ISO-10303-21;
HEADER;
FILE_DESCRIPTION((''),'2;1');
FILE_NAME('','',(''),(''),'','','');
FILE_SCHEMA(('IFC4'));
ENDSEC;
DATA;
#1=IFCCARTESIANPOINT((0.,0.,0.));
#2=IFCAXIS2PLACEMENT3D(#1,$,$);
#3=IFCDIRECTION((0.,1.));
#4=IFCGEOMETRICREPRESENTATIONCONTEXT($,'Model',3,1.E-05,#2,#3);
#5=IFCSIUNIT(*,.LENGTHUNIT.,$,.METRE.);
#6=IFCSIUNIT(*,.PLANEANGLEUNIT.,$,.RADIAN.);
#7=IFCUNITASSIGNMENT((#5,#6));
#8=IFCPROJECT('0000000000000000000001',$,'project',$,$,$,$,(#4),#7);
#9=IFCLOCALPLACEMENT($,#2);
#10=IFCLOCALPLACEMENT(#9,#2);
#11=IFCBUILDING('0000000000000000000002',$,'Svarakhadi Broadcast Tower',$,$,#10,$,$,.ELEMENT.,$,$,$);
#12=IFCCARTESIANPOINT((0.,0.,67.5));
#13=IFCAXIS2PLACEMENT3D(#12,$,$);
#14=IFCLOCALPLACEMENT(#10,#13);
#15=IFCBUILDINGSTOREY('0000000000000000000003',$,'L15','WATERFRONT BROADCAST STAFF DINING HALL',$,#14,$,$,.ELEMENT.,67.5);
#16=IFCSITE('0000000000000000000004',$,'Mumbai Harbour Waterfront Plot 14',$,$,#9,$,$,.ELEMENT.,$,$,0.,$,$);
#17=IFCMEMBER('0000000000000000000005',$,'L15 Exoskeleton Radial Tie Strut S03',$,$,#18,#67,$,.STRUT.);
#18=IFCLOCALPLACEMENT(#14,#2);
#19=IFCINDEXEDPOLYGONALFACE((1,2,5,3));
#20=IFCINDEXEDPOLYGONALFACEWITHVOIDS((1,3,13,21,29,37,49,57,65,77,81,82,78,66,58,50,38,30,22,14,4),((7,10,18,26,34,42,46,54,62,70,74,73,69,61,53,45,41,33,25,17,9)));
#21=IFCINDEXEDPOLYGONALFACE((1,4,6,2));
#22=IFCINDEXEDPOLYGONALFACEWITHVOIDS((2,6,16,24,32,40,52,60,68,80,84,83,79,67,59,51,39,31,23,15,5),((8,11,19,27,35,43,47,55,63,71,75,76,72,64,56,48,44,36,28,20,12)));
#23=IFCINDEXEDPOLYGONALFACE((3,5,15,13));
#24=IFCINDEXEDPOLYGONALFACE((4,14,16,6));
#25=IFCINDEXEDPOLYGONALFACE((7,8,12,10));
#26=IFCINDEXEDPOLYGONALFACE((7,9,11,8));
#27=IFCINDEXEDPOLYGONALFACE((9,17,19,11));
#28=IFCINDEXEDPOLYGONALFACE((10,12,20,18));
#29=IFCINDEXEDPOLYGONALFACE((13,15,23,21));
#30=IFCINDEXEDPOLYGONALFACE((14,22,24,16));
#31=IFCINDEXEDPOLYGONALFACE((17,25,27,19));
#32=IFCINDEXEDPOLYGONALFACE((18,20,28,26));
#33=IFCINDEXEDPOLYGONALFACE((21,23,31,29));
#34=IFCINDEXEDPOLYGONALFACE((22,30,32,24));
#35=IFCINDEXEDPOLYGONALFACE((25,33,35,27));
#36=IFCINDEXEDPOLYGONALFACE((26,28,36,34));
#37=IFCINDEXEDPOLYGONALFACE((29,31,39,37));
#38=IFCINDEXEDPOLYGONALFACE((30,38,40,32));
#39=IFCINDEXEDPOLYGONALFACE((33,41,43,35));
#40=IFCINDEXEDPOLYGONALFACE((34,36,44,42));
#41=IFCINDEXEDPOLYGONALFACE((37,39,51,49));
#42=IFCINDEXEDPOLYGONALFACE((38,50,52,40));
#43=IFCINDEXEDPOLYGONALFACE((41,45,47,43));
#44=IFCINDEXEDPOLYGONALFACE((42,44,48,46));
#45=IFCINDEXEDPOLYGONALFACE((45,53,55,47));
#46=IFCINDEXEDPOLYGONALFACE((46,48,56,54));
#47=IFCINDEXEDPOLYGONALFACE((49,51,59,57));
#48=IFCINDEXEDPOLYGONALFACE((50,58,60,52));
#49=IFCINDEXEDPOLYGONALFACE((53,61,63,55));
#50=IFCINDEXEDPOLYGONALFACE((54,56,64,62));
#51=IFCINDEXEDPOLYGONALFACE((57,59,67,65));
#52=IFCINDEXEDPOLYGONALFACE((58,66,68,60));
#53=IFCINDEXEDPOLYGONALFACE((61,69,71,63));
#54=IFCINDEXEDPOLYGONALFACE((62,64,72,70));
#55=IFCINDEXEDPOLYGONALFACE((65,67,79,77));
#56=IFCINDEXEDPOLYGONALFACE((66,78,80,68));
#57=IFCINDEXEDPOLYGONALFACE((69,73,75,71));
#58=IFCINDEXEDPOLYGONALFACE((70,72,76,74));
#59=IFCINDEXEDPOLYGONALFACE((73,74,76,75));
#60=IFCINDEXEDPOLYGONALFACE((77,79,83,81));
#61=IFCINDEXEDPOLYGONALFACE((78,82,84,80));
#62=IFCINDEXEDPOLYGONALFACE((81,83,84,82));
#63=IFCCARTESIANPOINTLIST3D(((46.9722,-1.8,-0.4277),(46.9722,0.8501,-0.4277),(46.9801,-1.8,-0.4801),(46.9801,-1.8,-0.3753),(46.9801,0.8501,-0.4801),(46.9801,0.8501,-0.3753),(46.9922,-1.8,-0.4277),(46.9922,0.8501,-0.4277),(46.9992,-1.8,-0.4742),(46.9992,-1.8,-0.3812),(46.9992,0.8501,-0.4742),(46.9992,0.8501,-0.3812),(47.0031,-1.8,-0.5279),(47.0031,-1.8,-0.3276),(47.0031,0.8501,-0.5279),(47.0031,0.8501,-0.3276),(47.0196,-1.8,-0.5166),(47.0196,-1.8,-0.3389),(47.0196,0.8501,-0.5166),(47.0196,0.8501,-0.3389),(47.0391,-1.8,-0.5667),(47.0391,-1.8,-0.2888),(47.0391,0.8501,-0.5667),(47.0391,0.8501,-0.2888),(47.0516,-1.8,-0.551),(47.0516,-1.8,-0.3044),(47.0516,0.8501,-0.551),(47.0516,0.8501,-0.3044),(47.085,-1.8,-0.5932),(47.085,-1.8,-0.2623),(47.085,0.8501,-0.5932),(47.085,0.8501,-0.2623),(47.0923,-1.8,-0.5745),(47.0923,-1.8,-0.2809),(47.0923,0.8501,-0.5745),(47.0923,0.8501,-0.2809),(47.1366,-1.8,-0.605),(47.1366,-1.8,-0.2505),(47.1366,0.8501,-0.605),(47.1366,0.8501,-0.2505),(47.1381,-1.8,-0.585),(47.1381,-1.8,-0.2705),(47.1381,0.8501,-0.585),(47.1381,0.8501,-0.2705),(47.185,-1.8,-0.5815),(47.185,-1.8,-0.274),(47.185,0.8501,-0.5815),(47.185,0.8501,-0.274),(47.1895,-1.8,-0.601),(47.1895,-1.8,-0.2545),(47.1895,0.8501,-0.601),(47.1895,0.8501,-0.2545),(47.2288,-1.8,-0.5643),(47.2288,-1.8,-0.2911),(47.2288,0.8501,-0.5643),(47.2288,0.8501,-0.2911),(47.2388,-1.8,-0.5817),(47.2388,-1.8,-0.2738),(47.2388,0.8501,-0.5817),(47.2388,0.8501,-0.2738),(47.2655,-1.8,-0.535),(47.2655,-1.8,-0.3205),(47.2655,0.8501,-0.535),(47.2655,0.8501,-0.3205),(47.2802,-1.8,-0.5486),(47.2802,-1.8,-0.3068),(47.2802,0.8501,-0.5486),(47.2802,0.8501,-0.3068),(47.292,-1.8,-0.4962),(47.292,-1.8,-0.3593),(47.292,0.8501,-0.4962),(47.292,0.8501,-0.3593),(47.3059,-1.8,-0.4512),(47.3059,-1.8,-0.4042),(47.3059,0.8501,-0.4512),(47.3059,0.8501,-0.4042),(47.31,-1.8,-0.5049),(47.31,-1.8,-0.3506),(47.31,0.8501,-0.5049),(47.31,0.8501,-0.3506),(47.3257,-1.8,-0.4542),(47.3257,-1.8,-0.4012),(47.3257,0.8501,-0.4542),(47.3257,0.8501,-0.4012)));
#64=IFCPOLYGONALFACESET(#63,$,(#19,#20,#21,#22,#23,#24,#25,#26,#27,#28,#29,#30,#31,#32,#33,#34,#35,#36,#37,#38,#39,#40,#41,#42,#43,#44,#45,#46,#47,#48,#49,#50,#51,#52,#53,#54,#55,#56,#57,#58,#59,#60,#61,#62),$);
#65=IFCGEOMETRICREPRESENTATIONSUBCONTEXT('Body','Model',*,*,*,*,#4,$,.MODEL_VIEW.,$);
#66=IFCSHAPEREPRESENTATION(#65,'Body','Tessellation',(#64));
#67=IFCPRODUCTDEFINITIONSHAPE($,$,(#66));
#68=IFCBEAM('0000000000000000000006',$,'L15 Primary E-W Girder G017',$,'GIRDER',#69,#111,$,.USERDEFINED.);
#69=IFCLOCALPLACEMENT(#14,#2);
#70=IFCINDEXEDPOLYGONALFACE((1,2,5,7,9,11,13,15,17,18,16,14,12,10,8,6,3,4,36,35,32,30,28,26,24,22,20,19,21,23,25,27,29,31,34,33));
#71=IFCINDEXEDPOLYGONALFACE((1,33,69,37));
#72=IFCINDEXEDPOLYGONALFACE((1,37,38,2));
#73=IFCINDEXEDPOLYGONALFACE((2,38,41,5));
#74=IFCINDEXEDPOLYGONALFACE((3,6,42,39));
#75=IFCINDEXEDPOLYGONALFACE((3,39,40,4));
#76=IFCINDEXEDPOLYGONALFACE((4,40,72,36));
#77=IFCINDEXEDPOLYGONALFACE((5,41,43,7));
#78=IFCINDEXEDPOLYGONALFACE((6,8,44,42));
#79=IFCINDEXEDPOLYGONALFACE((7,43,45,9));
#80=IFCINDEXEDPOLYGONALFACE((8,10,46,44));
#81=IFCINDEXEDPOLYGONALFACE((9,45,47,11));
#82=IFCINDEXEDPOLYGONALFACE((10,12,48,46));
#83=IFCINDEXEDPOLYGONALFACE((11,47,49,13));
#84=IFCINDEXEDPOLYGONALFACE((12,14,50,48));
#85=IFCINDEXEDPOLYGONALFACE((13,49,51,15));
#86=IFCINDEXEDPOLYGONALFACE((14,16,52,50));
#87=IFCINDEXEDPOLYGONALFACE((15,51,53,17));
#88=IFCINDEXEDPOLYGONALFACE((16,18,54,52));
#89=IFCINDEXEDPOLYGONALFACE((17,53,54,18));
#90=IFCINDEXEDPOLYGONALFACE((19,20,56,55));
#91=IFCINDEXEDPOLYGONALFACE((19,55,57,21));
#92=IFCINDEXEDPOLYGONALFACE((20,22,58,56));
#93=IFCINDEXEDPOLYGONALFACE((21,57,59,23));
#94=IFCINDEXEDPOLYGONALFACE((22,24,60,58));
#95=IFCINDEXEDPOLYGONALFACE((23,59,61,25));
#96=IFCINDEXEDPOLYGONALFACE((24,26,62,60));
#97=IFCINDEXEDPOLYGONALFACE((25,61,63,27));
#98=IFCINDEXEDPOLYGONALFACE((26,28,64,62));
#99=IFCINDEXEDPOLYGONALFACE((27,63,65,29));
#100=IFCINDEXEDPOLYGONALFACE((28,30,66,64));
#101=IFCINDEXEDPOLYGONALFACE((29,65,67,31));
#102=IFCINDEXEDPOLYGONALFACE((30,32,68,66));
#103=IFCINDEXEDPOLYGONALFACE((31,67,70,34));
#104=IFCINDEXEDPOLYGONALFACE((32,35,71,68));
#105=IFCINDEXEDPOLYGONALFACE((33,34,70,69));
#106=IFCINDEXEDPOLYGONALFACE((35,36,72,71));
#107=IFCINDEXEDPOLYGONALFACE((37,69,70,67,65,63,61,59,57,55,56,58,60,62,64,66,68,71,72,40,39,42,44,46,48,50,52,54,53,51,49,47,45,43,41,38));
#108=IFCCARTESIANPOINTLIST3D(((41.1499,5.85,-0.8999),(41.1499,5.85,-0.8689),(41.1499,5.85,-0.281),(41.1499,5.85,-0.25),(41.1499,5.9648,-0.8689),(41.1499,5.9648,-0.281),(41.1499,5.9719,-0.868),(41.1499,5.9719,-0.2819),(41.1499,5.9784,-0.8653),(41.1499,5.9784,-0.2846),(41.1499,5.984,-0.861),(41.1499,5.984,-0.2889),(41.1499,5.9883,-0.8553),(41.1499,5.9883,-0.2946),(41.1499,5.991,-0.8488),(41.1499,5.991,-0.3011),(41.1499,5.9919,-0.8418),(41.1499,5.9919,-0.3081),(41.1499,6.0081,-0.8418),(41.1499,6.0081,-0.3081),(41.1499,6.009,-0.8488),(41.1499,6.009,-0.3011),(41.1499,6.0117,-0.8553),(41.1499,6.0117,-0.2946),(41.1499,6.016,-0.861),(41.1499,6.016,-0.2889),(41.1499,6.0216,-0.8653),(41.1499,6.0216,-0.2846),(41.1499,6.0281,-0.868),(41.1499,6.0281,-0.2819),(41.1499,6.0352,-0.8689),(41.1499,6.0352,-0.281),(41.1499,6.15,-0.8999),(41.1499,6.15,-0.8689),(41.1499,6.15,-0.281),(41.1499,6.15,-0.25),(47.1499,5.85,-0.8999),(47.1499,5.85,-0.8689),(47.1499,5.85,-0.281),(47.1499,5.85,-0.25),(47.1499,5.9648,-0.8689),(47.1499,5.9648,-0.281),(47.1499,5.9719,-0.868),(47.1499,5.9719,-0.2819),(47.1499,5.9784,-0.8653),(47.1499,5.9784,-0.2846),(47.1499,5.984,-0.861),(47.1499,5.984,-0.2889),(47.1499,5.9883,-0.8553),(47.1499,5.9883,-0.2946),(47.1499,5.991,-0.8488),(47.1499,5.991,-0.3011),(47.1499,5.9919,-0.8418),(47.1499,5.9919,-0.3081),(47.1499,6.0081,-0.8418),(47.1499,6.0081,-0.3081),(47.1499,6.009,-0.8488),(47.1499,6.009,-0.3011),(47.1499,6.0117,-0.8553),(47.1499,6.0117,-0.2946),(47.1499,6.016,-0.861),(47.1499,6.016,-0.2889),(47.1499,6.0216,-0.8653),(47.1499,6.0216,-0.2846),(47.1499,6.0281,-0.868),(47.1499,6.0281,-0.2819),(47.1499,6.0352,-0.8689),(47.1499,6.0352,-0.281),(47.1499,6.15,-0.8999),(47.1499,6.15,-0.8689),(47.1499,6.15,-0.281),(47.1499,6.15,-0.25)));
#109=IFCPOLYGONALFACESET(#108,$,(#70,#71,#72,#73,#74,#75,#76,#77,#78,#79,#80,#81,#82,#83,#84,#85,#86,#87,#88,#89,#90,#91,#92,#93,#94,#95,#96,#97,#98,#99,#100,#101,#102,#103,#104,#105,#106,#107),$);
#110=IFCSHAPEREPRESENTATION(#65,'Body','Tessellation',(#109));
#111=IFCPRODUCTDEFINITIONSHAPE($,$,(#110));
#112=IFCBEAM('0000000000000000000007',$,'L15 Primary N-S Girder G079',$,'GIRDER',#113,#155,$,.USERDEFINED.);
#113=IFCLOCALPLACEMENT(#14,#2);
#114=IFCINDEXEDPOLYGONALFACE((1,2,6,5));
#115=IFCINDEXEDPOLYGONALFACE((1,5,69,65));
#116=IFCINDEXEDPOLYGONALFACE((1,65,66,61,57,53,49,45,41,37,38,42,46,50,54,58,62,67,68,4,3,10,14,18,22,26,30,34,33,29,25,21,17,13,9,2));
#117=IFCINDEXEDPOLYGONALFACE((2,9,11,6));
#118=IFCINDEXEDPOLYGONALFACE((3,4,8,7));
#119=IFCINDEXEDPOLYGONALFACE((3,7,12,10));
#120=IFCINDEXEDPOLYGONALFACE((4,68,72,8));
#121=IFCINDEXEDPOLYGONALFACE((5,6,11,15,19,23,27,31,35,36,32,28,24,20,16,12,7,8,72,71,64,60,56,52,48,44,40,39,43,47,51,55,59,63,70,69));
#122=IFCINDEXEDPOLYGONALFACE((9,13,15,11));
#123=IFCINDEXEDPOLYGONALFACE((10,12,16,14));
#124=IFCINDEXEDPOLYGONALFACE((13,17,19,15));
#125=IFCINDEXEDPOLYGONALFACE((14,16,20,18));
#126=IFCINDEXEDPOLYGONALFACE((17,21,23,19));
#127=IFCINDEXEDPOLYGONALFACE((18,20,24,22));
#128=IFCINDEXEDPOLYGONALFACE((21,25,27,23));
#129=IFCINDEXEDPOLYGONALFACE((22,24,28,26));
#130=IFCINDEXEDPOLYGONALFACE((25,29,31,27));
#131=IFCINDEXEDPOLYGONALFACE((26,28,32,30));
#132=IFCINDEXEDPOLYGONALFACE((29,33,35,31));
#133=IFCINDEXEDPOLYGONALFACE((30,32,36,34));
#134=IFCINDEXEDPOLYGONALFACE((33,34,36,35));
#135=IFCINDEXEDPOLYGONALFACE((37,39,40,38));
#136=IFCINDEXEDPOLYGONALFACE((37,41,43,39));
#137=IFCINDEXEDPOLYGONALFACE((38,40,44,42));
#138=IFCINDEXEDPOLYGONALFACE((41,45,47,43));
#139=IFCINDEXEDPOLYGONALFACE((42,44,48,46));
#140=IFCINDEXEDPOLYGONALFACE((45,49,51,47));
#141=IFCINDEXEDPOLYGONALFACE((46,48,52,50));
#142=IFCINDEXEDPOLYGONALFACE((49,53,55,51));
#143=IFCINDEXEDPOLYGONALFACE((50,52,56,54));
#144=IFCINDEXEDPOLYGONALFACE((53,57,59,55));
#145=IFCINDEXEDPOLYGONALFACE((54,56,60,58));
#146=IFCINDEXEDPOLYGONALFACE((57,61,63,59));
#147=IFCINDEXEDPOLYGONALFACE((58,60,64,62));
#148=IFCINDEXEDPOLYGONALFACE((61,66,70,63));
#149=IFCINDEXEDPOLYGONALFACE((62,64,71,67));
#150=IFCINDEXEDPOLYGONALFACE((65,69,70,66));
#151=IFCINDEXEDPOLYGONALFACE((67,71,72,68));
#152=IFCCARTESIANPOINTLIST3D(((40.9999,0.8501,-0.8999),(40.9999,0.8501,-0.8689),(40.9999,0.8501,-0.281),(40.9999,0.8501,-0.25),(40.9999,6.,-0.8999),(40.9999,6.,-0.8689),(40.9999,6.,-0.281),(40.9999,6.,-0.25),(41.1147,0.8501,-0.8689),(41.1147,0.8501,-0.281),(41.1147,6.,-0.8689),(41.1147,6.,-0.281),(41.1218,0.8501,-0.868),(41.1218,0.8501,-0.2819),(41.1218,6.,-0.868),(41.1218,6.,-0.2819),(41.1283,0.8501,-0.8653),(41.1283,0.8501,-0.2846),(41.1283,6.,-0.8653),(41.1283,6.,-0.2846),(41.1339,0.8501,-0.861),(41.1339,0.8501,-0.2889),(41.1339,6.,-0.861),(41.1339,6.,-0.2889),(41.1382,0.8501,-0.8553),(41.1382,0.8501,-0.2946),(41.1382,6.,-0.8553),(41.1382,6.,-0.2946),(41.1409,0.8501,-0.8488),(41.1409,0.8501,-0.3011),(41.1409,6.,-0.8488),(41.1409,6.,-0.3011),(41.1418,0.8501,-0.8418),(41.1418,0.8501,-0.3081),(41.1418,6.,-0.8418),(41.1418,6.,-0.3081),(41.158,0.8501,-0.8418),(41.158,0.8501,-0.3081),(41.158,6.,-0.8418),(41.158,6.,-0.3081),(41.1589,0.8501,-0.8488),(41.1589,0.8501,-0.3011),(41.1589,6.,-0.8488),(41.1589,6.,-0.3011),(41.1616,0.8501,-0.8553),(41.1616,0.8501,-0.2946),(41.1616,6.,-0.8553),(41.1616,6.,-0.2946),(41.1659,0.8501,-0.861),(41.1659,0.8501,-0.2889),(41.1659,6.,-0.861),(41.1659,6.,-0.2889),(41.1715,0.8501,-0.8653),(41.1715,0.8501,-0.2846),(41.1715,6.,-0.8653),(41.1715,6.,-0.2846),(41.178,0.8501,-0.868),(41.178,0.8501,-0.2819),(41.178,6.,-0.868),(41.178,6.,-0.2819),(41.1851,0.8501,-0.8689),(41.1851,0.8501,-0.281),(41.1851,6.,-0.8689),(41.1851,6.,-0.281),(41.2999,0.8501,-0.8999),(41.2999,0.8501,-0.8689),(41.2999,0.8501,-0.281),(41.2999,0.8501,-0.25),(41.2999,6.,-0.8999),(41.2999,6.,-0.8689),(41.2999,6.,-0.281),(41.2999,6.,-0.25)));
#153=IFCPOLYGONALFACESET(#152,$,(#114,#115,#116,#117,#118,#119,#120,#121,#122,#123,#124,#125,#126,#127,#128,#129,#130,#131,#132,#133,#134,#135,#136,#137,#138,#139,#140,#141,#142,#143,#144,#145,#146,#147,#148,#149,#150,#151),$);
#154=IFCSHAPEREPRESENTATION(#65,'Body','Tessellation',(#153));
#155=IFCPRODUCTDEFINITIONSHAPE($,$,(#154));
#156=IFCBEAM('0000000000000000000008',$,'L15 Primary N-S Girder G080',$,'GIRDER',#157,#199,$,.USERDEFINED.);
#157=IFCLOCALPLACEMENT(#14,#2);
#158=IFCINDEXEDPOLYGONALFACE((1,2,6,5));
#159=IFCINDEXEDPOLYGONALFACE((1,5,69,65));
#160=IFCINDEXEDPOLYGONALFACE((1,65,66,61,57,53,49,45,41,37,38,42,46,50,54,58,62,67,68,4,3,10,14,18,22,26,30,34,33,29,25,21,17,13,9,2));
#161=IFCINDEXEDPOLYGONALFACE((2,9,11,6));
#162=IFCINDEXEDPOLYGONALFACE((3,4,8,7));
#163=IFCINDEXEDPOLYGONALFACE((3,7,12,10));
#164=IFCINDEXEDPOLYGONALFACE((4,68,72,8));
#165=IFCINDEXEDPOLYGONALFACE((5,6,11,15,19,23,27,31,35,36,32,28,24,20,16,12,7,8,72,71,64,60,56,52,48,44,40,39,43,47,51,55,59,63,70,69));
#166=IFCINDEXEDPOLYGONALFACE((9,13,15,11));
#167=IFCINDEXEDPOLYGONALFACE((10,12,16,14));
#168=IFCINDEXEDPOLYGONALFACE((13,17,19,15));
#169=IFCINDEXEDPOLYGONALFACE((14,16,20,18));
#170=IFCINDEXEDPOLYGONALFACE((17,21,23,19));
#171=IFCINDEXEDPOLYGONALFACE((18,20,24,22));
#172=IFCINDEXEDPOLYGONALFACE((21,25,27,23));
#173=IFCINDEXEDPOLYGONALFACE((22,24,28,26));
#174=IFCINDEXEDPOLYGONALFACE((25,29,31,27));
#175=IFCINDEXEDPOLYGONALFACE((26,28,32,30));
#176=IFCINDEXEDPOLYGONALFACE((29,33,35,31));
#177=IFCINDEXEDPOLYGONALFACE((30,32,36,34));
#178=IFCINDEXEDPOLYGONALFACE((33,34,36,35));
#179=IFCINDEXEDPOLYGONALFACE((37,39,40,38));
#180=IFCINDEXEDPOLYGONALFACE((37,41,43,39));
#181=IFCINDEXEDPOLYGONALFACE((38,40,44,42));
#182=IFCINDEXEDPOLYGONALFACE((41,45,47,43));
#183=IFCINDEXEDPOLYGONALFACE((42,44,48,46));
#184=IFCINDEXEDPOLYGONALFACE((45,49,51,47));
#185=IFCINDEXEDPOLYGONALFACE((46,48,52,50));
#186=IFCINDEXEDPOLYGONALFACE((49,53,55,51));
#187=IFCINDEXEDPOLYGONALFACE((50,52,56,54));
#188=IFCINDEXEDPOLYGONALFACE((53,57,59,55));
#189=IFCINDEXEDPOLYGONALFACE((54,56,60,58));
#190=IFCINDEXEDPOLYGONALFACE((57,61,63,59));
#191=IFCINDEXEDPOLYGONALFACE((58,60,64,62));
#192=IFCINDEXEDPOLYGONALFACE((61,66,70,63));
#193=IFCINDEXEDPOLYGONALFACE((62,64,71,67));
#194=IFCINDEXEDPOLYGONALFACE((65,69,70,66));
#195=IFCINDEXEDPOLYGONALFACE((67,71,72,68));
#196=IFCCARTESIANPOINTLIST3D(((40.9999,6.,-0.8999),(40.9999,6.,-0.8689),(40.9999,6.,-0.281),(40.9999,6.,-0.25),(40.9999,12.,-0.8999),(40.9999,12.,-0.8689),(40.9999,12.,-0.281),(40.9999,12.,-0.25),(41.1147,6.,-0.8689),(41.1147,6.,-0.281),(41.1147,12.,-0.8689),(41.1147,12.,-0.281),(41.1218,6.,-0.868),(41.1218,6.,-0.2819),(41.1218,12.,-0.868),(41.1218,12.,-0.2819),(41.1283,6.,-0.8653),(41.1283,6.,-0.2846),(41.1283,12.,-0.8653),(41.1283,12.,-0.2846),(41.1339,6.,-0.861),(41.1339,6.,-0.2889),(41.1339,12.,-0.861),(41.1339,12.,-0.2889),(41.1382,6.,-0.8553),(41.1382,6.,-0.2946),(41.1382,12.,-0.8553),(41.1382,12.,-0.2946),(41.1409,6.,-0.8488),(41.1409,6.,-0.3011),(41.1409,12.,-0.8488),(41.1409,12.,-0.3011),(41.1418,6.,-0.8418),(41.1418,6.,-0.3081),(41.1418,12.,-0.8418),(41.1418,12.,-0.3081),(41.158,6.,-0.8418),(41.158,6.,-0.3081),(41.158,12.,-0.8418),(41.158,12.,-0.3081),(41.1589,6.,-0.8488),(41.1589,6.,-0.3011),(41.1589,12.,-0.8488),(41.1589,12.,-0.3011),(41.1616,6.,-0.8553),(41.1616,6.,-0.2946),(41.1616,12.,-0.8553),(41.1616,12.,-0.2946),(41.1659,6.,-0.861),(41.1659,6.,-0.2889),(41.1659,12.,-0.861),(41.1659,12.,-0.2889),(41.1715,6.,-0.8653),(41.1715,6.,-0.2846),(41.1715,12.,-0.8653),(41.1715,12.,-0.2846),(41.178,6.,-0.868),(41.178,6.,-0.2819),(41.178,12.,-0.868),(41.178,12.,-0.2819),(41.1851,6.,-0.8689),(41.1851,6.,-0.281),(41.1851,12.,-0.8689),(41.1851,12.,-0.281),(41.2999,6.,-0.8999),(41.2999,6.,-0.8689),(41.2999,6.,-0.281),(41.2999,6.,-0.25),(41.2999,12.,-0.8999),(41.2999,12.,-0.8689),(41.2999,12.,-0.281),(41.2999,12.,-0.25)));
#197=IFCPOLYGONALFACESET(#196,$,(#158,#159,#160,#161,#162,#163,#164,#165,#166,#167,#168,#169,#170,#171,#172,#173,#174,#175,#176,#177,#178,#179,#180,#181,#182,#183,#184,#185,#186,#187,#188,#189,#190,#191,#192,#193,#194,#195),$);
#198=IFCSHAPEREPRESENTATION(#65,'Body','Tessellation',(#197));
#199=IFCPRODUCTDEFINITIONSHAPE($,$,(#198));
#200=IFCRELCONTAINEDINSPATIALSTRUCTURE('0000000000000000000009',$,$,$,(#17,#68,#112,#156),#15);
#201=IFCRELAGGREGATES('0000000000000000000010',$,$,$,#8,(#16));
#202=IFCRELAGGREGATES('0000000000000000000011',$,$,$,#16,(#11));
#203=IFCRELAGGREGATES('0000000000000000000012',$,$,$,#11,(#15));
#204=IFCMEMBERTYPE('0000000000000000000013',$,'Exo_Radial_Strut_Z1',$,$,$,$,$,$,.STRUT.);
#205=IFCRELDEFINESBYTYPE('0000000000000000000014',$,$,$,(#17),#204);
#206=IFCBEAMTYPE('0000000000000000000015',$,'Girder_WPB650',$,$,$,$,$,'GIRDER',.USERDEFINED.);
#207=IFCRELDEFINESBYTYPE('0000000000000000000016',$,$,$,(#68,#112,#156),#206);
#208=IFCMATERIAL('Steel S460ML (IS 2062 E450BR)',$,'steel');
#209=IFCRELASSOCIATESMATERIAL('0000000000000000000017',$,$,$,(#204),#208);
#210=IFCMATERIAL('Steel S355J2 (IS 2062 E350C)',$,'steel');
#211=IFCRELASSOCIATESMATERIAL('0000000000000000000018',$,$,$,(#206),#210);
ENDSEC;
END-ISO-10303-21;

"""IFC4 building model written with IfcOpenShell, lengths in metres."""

from ifc_helpers import new_model, si_unit, direction, frame, origin, origin_2d, place, context, subcontext, project, spatial, hollow_circle, i_section, extrude, material, material_profile, profile_set, type_object, element, save


model = new_model("IFC4")

# Units and contexts
model_context = context("Model", 3, precision=1e-05, world=origin(), true_north=direction((0.0, 1.0)))
body_context = subcontext(model_context, "Body", "Model", "MODEL_VIEW")
ifc_project = project(units=[si_unit("LENGTHUNIT", "METRE"), si_unit("PLANEANGLEUNIT", "RADIAN")], contexts=[model_context])

# Site, building, storey
site_placement = place(None, origin())
site = spatial("IfcSite", under=ifc_project, at=site_placement, Name="Mumbai Harbour Waterfront Plot 14", CompositionType="ELEMENT", RefElevation=0.0)
building_placement = place(site_placement, origin())
building = spatial("IfcBuilding", under=site, at=building_placement, Name="Svarakhadi Broadcast Tower", CompositionType="ELEMENT")
storey_placement = place(building_placement, frame((0.0, 0.0, 67.5)))
storey = spatial("IfcBuildingStorey", under=building, at=storey_placement, Name="L15", Description="WATERFRONT BROADCAST STAFF DINING HALL", CompositionType="ELEMENT", Elevation=67.5)

# Shared definitions
ifc_material_1 = material(Name="Steel S460ML (IS 2062 E450BR)", Category="steel")

# Shared definitions
ifc_material_2 = material(Name="Steel S355J2 (IS 2062 E350C)", Category="steel")

# Member
ifc_material_profile_1 = material_profile(ifc_material_1, hollow_circle(Radius=0.1777, WallThickness=0.02, at=origin_2d()), Name="CHS 355.6x20")
ifc_profile_set_1 = profile_set([ifc_material_profile_1], Name="Steel S460ML (IS 2062 E450BR)")
member_type_1 = type_object("IfcMemberType", Name="Exo_Radial_Strut_Z1", PredefinedType="STRUT", material=ifc_profile_set_1)
member_1_placement = place(storey_placement, frame((47.1499, -1.8, -0.4277), z_axis=(0.0, 1.0, 0.0), x_axis=(-1.0, 0.0, 0.0)))
element("IfcMember", 1, at=member_1_placement, inside=storey, type_object=member_type_1, Name="L15 Exoskeleton Radial Tie Strut S03", PredefinedType="STRUT", context=body_context, shape_type="SweptSolid", body=[
    extrude(hollow_circle(Radius=0.1777, WallThickness=0.02, at=origin_2d()), origin(), (0.0, 0.0, 1.0), 2.6501),
])

# Beams
ifc_material_profile_2 = material_profile(ifc_material_2, i_section(OverallWidth=0.3, OverallDepth=0.6499, WebThickness=0.0161, FlangeThickness=0.031, FilletRadius=0.0271, at=origin_2d()), Name="WPB 650x300x225")
ifc_profile_set_2 = profile_set([ifc_material_profile_2], Name="Steel S355J2 (IS 2062 E350C)")
beam_type_1 = type_object("IfcBeamType", Name="Girder_WPB650", ElementType="GIRDER", PredefinedType="USERDEFINED", material=ifc_profile_set_2)
beam_1_placement = place(storey_placement, frame((41.1499, 6.0, -0.575), z_axis=(1.0, 0.0, 0.0), x_axis=(0.0, 1.0, 0.0)))
element("IfcBeam", 2, at=beam_1_placement, inside=storey, type_object=beam_type_1, Name="L15 Primary E-W Girder G017", ObjectType="GIRDER", PredefinedType="USERDEFINED", context=body_context, shape_type="SweptSolid", body=[
    extrude(i_section(OverallWidth=0.3, OverallDepth=0.6499, WebThickness=0.0161, FlangeThickness=0.031, FilletRadius=0.0271, at=origin_2d()), origin(), (0.0, 0.0, 1.0), 6.0),
])
beam_2_placement = place(storey_placement, frame((41.1499, 0.8501, -0.575), z_axis=(0.0, 1.0, 0.0), x_axis=(-1.0, 0.0, 0.0)))
element("IfcBeam", 3, at=beam_2_placement, inside=storey, type_object=beam_type_1, Name="L15 Primary N-S Girder G079", ObjectType="GIRDER", PredefinedType="USERDEFINED", context=body_context, shape_type="SweptSolid", body=[
    extrude(i_section(OverallWidth=0.3, OverallDepth=0.6499, WebThickness=0.0161, FlangeThickness=0.031, FilletRadius=0.0271, at=origin_2d()), origin(), (0.0, 0.0, 1.0), 5.1499),
])
beam_3_placement = place(storey_placement, frame((41.1499, 6.0, -0.575), z_axis=(0.0, 1.0, 0.0), x_axis=(-1.0, 0.0, 0.0)))
element("IfcBeam", 4, at=beam_3_placement, inside=storey, type_object=beam_type_1, Name="L15 Primary N-S Girder G080", ObjectType="GIRDER", PredefinedType="USERDEFINED", context=body_context, shape_type="SweptSolid", body=[
    extrude(i_section(OverallWidth=0.3, OverallDepth=0.6499, WebThickness=0.0161, FlangeThickness=0.031, FilletRadius=0.0271, at=origin_2d()), origin(), (0.0, 0.0, 1.0), 6.0),
])

save(model, "model.ifc")
